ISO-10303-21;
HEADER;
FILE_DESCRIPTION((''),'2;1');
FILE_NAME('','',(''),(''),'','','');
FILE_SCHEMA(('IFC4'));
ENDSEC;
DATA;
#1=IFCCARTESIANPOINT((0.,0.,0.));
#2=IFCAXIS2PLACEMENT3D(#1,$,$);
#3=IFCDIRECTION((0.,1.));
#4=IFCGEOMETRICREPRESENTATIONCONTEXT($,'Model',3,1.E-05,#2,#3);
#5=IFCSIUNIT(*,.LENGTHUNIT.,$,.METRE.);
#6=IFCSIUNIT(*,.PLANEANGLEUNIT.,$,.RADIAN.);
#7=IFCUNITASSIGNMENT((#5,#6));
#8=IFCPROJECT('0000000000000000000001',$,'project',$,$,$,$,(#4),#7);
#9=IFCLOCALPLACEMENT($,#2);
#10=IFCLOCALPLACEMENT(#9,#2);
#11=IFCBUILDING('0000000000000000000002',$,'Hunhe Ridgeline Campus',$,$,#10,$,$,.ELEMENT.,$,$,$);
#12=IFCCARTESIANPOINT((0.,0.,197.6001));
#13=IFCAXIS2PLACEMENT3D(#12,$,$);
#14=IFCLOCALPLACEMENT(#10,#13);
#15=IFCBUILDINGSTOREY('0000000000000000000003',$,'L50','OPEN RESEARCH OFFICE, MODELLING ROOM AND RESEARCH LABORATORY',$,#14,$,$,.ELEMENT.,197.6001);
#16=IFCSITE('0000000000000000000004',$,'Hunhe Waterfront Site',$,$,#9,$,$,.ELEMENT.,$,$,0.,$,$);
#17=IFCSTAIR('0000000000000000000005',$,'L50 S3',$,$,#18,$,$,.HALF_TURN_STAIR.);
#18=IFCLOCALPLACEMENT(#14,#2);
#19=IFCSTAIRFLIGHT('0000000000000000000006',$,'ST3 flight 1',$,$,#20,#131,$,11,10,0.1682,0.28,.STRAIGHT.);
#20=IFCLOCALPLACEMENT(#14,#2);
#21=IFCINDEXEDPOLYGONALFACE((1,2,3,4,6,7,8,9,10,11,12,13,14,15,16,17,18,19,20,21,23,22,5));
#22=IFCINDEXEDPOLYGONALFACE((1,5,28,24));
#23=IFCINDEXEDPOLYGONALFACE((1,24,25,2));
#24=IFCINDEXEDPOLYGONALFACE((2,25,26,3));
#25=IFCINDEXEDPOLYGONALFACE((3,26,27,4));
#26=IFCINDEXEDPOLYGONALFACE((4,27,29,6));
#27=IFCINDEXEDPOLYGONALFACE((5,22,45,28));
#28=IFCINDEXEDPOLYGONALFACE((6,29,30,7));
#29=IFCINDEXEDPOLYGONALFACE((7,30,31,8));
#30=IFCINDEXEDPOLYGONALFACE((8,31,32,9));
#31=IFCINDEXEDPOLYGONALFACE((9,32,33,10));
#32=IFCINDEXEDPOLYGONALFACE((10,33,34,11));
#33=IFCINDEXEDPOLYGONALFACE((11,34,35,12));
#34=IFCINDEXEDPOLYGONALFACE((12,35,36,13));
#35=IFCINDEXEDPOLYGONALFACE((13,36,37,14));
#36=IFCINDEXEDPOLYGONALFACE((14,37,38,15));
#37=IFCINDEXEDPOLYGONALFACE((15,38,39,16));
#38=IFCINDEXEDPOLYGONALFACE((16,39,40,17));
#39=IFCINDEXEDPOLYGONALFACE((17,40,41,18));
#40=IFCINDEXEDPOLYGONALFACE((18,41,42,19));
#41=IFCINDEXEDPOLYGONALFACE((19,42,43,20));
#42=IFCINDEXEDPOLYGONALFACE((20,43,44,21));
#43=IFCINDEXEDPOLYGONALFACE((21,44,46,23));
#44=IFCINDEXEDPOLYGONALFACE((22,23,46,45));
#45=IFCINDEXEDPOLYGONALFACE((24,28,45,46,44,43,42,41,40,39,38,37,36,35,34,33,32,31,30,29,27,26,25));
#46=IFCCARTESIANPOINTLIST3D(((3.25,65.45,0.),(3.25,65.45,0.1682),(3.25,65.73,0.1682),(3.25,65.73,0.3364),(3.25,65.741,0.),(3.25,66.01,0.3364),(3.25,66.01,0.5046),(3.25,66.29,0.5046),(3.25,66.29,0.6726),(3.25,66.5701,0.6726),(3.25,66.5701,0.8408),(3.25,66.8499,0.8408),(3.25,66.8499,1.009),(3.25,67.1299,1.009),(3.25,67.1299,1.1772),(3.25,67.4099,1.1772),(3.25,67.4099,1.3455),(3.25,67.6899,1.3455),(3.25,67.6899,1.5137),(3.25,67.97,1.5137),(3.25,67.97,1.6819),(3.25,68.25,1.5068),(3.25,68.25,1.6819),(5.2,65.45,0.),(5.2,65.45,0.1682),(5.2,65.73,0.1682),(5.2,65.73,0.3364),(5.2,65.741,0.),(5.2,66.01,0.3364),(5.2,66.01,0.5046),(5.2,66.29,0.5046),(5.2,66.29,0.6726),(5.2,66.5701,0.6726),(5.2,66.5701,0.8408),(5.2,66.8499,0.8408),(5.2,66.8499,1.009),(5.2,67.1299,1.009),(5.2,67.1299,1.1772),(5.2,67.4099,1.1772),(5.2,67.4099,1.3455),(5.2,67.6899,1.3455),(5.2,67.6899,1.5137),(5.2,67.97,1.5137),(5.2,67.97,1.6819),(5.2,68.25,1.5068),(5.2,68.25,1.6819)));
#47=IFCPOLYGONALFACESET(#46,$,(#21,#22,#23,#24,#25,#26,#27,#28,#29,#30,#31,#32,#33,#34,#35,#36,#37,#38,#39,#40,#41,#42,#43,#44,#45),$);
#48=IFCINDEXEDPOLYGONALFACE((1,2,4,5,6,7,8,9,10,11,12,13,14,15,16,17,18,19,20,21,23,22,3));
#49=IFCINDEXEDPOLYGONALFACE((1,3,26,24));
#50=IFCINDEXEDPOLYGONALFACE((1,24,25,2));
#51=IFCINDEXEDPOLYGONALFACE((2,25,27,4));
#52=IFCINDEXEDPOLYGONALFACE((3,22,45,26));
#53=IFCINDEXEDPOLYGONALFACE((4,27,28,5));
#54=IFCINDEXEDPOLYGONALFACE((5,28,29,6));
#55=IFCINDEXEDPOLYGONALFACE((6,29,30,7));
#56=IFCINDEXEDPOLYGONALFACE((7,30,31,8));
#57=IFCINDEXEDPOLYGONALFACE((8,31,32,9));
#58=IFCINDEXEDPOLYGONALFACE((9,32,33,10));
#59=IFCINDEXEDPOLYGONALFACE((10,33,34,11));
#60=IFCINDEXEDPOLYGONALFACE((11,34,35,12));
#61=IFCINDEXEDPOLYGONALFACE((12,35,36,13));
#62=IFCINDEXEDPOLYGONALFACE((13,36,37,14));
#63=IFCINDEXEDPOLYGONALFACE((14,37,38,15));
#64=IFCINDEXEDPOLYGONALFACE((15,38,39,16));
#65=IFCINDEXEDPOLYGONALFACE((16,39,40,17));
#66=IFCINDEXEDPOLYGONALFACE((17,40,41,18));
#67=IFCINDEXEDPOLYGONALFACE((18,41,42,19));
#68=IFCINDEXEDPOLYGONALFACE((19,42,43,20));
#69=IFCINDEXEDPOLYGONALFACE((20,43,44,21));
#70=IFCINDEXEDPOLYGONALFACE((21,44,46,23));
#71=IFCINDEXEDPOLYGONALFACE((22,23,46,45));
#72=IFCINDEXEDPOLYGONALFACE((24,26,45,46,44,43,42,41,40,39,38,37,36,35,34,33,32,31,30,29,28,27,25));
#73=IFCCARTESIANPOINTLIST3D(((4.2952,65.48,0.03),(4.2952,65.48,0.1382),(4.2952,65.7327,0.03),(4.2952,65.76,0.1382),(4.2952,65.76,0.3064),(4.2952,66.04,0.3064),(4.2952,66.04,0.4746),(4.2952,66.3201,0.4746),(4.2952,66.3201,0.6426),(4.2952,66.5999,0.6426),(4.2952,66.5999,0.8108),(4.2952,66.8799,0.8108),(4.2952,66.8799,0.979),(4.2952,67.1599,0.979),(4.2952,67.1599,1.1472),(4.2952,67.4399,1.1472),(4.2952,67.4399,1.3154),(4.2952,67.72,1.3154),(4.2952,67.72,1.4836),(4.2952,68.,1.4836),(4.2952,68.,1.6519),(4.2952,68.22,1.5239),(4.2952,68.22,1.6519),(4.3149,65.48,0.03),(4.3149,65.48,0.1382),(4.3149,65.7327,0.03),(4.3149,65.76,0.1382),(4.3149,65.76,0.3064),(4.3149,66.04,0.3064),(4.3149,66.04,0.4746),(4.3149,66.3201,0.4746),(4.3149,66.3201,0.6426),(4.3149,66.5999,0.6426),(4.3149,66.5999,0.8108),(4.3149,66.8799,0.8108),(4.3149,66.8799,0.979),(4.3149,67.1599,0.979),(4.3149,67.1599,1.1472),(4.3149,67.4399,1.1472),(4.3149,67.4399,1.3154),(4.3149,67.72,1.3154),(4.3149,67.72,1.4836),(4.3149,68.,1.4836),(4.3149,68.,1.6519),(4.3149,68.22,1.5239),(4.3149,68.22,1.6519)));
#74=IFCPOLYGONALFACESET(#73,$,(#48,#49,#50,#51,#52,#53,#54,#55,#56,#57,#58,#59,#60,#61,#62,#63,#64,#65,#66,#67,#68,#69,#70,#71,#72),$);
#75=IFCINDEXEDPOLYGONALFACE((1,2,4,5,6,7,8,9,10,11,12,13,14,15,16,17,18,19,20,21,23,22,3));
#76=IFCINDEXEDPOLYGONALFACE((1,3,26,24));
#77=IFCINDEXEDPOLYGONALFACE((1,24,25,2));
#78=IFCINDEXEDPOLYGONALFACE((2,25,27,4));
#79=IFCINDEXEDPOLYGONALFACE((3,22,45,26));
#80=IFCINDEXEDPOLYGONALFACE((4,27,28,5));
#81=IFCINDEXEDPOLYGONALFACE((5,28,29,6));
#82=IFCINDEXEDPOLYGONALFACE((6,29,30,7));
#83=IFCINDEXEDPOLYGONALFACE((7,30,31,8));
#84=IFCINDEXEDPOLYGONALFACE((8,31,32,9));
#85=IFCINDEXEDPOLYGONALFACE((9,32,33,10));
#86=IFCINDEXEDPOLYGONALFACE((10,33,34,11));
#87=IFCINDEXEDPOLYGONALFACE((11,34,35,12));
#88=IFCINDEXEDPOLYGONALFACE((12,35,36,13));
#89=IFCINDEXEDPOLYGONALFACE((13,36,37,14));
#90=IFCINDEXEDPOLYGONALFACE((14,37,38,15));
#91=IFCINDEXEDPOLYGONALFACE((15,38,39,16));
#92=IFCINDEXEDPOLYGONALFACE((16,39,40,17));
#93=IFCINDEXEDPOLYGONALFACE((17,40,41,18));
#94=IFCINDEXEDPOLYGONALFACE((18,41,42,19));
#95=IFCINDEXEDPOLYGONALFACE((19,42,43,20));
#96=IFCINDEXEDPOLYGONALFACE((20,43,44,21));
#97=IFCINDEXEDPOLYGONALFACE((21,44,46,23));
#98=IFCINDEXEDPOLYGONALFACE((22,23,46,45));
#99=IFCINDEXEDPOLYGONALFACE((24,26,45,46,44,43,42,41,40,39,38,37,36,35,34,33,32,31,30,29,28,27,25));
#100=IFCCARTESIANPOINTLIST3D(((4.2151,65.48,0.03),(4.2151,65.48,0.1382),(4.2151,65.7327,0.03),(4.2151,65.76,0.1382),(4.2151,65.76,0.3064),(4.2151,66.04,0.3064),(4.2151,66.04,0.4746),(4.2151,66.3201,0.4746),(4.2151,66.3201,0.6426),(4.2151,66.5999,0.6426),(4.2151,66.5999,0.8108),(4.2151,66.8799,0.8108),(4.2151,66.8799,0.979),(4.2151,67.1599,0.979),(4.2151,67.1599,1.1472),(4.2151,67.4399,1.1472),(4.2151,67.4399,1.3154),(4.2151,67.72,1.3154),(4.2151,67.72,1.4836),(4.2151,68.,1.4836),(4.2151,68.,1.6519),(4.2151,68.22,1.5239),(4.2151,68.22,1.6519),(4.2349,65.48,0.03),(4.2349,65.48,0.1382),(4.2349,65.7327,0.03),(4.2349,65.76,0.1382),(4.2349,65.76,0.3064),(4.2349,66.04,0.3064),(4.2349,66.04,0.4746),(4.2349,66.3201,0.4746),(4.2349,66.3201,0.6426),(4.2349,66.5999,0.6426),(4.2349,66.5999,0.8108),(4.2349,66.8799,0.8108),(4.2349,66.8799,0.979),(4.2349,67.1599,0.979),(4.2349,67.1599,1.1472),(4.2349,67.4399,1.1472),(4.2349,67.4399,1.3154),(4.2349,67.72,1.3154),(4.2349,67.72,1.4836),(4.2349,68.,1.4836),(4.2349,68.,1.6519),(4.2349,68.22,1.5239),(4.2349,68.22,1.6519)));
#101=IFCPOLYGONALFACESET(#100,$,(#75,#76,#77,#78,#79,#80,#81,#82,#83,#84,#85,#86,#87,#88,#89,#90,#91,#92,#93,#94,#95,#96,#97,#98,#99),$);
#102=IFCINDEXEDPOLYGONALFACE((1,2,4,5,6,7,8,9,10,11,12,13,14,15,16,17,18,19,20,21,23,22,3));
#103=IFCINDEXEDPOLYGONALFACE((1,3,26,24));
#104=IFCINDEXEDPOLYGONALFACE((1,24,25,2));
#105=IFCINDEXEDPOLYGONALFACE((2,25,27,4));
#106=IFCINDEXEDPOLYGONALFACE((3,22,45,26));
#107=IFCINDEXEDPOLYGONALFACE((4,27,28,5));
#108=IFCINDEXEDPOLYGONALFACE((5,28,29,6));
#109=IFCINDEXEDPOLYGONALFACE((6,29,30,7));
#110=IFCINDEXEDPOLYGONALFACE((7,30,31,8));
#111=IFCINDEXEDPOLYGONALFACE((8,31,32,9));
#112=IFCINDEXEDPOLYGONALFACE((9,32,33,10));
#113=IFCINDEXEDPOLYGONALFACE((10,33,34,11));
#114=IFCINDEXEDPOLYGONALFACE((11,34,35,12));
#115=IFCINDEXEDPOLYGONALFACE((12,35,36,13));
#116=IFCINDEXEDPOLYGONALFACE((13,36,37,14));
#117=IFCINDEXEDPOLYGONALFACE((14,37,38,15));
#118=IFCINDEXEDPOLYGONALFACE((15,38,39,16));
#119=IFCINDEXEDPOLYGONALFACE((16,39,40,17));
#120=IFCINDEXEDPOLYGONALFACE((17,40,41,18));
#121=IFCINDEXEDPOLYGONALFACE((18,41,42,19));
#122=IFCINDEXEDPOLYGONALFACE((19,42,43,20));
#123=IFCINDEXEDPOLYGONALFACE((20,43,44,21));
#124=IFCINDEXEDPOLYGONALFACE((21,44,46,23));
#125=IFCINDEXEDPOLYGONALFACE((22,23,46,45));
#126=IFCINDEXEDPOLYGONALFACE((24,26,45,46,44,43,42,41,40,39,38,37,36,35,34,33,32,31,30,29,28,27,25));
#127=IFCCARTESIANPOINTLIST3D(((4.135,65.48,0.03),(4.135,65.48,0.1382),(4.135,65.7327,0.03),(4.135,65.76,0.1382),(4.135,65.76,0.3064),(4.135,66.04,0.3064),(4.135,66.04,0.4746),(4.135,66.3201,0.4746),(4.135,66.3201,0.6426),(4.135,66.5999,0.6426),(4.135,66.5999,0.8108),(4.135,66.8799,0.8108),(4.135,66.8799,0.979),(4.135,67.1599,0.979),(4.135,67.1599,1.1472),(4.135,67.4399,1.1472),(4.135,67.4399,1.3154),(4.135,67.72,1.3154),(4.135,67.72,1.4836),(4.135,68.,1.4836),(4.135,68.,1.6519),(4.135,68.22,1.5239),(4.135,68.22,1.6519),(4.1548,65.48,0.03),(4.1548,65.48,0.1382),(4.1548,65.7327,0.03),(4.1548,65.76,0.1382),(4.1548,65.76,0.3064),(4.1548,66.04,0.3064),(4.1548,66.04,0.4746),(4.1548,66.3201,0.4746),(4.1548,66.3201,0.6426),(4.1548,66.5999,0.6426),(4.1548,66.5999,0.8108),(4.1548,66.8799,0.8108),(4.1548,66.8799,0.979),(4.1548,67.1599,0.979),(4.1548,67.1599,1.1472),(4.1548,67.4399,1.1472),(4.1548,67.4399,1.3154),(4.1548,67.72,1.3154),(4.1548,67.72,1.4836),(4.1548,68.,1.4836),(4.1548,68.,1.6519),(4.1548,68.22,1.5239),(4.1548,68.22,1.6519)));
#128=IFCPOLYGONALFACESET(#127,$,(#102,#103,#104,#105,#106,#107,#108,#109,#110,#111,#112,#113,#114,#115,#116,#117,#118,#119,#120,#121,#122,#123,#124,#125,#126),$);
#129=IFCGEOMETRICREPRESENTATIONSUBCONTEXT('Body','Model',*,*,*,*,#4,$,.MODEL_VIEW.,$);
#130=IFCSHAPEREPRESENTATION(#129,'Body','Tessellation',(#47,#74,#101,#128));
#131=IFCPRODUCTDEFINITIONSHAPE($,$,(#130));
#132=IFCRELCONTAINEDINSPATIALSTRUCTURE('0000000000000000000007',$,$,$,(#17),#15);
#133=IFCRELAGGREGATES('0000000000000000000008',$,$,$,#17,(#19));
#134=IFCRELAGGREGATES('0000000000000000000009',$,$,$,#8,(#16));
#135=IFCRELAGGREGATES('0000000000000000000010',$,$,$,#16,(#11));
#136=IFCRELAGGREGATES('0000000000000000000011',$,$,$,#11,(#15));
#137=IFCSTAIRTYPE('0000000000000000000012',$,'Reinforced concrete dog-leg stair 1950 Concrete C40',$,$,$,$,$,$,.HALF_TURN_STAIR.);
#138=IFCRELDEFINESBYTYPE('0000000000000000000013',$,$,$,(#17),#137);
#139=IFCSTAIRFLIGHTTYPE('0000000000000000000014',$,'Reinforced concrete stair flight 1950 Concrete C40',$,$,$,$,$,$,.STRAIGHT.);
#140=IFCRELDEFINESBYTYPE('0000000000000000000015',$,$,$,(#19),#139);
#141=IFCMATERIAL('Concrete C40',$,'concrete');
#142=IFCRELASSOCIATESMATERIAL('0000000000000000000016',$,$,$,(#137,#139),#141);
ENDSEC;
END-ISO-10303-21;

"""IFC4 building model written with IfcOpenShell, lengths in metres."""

from ifc_helpers import new_model, si_unit, direction, frame, origin, place, context, subcontext, project, spatial, polyline, outline, extrude, material, type_object, element, aggregate, save


model = new_model("IFC4")

# Units and contexts
model_context = context("Model", 3, precision=1e-05, world=origin(), true_north=direction((0.0, 1.0)))
body_context = subcontext(model_context, "Body", "Model", "MODEL_VIEW")
ifc_project = project(units=[si_unit("LENGTHUNIT", "METRE"), si_unit("PLANEANGLEUNIT", "RADIAN")], contexts=[model_context])

# Site, building, storey
site_placement = place(None, origin())
site = spatial("IfcSite", under=ifc_project, at=site_placement, Name="Hunhe Waterfront Site", CompositionType="ELEMENT", RefElevation=0.0)
building_placement = place(site_placement, origin())
building = spatial("IfcBuilding", under=site, at=building_placement, Name="Hunhe Ridgeline Campus", CompositionType="ELEMENT")
storey_placement = place(building_placement, frame((0.0, 0.0, 197.6001)))
storey = spatial("IfcBuildingStorey", under=building, at=storey_placement, Name="L50", Description="OPEN RESEARCH OFFICE, MODELLING ROOM AND RESEARCH LABORATORY", CompositionType="ELEMENT", Elevation=197.6001)

# Stair, stair flight
ifc_material_1 = material(Name="Concrete C40", Category="concrete")
stair_type = type_object("IfcStairType", Name="Reinforced concrete dog-leg stair 1950 Concrete C40", PredefinedType="HALF_TURN_STAIR", material=ifc_material_1)
stair_1_placement = place(storey_placement, origin())
stair_1 = element("IfcStair", 1, at=stair_1_placement, inside=storey, type_object=stair_type, Name="L50 S3", PredefinedType="HALF_TURN_STAIR")
stair_flight_type = type_object("IfcStairFlightType", Name="Reinforced concrete stair flight 1950 Concrete C40", PredefinedType="STRAIGHT", material=ifc_material_1)
stair_flight_1_placement = place(storey_placement, frame((4.2251, 65.45, 0.0), z_axis=(0.0, 0.0, 1.0), x_axis=(0.0, 1.0, 0.0)))
stair_flight_1 = element("IfcStairFlight", 2, at=stair_flight_1_placement, type_object=stair_flight_type, Name="ST3 flight 1", NumberOfRisers=11, NumberOfTreads=10, PredefinedType="STRAIGHT", RiserHeight=0.1682, TreadLength=0.28, context=body_context, shape_type="SweptSolid", body=[
    extrude(outline(polyline([(0.0, 0.0), (0.0, 0.1682), (0.28, 0.1682), (0.28, 0.3364), (0.5601, 0.3364), (0.5601, 0.5046), (0.8401, 0.5046), (0.8401, 0.6726), (1.1201, 0.6726), (1.1201, 0.8408), (1.3999, 0.8408), (1.3999, 1.009), (1.6799, 1.009), (1.6799, 1.1772), (1.96, 1.1772), (1.96, 1.3455), (2.24, 1.3455), (2.24, 1.5137), (2.52, 1.5137), (2.52, 1.6819), (2.8, 1.6819), (2.8, 1.8501), (2.8, 1.5068), (0.291, 0.0), (0.0, 0.0)])), frame((0.0, 0.9751, 0.0), z_axis=(0.0, -1.0, 0.0), x_axis=(1.0, 0.0, 0.0)), (0.0, 0.0, 1.0), 1.95),
    extrude(outline(polyline([(0.03, 0.03), (0.03, 0.1382), (0.3101, 0.1382), (0.3101, 0.3064), (0.5901, 0.3064), (0.5901, 0.4746), (0.8701, 0.4746), (0.8701, 0.6426), (1.1499, 0.6426), (1.1499, 0.8108), (1.4299, 0.8108), (1.4299, 0.979), (1.71, 0.979), (1.71, 1.1472), (1.99, 1.1472), (1.99, 1.3154), (2.27, 1.3154), (2.27, 1.4836), (2.55, 1.4836), (2.55, 1.6519), (2.77, 1.6519), (2.77, 1.5239), (0.2827, 0.03), (0.03, 0.03)])), frame((0.0, -0.0701, 0.0), z_axis=(0.0, -1.0, 0.0), x_axis=(1.0, 0.0, 0.0)), (0.0, 0.0, 1.0), 0.0198),
    extrude(outline(polyline([(0.03, 0.03), (0.03, 0.1382), (0.3101, 0.1382), (0.3101, 0.3064), (0.5901, 0.3064), (0.5901, 0.4746), (0.8701, 0.4746), (0.8701, 0.6426), (1.1499, 0.6426), (1.1499, 0.8108), (1.4299, 0.8108), (1.4299, 0.979), (1.71, 0.979), (1.71, 1.1472), (1.99, 1.1472), (1.99, 1.3154), (2.27, 1.3154), (2.27, 1.4836), (2.55, 1.4836), (2.55, 1.6519), (2.77, 1.6519), (2.77, 1.5239), (0.2827, 0.03), (0.03, 0.03)])), frame((0.0, 0.01, 0.0), z_axis=(0.0, -1.0, 0.0), x_axis=(1.0, 0.0, 0.0)), (0.0, 0.0, 1.0), 0.0198),
    extrude(outline(polyline([(0.03, 0.03), (0.03, 0.1382), (0.3101, 0.1382), (0.3101, 0.3064), (0.5901, 0.3064), (0.5901, 0.4746), (0.8701, 0.4746), (0.8701, 0.6426), (1.1499, 0.6426), (1.1499, 0.8108), (1.4299, 0.8108), (1.4299, 0.979), (1.71, 0.979), (1.71, 1.1472), (1.99, 1.1472), (1.99, 1.3154), (2.27, 1.3154), (2.27, 1.4836), (2.55, 1.4836), (2.55, 1.6519), (2.77, 1.6519), (2.77, 1.5239), (0.2827, 0.03), (0.03, 0.03)])), frame((0.0, 0.0901, 0.0), z_axis=(0.0, -1.0, 0.0), x_axis=(1.0, 0.0, 0.0)), (0.0, 0.0, 1.0), 0.0198),
])
aggregate(stair_1, [stair_flight_1])

save(model, "model.ifc")
